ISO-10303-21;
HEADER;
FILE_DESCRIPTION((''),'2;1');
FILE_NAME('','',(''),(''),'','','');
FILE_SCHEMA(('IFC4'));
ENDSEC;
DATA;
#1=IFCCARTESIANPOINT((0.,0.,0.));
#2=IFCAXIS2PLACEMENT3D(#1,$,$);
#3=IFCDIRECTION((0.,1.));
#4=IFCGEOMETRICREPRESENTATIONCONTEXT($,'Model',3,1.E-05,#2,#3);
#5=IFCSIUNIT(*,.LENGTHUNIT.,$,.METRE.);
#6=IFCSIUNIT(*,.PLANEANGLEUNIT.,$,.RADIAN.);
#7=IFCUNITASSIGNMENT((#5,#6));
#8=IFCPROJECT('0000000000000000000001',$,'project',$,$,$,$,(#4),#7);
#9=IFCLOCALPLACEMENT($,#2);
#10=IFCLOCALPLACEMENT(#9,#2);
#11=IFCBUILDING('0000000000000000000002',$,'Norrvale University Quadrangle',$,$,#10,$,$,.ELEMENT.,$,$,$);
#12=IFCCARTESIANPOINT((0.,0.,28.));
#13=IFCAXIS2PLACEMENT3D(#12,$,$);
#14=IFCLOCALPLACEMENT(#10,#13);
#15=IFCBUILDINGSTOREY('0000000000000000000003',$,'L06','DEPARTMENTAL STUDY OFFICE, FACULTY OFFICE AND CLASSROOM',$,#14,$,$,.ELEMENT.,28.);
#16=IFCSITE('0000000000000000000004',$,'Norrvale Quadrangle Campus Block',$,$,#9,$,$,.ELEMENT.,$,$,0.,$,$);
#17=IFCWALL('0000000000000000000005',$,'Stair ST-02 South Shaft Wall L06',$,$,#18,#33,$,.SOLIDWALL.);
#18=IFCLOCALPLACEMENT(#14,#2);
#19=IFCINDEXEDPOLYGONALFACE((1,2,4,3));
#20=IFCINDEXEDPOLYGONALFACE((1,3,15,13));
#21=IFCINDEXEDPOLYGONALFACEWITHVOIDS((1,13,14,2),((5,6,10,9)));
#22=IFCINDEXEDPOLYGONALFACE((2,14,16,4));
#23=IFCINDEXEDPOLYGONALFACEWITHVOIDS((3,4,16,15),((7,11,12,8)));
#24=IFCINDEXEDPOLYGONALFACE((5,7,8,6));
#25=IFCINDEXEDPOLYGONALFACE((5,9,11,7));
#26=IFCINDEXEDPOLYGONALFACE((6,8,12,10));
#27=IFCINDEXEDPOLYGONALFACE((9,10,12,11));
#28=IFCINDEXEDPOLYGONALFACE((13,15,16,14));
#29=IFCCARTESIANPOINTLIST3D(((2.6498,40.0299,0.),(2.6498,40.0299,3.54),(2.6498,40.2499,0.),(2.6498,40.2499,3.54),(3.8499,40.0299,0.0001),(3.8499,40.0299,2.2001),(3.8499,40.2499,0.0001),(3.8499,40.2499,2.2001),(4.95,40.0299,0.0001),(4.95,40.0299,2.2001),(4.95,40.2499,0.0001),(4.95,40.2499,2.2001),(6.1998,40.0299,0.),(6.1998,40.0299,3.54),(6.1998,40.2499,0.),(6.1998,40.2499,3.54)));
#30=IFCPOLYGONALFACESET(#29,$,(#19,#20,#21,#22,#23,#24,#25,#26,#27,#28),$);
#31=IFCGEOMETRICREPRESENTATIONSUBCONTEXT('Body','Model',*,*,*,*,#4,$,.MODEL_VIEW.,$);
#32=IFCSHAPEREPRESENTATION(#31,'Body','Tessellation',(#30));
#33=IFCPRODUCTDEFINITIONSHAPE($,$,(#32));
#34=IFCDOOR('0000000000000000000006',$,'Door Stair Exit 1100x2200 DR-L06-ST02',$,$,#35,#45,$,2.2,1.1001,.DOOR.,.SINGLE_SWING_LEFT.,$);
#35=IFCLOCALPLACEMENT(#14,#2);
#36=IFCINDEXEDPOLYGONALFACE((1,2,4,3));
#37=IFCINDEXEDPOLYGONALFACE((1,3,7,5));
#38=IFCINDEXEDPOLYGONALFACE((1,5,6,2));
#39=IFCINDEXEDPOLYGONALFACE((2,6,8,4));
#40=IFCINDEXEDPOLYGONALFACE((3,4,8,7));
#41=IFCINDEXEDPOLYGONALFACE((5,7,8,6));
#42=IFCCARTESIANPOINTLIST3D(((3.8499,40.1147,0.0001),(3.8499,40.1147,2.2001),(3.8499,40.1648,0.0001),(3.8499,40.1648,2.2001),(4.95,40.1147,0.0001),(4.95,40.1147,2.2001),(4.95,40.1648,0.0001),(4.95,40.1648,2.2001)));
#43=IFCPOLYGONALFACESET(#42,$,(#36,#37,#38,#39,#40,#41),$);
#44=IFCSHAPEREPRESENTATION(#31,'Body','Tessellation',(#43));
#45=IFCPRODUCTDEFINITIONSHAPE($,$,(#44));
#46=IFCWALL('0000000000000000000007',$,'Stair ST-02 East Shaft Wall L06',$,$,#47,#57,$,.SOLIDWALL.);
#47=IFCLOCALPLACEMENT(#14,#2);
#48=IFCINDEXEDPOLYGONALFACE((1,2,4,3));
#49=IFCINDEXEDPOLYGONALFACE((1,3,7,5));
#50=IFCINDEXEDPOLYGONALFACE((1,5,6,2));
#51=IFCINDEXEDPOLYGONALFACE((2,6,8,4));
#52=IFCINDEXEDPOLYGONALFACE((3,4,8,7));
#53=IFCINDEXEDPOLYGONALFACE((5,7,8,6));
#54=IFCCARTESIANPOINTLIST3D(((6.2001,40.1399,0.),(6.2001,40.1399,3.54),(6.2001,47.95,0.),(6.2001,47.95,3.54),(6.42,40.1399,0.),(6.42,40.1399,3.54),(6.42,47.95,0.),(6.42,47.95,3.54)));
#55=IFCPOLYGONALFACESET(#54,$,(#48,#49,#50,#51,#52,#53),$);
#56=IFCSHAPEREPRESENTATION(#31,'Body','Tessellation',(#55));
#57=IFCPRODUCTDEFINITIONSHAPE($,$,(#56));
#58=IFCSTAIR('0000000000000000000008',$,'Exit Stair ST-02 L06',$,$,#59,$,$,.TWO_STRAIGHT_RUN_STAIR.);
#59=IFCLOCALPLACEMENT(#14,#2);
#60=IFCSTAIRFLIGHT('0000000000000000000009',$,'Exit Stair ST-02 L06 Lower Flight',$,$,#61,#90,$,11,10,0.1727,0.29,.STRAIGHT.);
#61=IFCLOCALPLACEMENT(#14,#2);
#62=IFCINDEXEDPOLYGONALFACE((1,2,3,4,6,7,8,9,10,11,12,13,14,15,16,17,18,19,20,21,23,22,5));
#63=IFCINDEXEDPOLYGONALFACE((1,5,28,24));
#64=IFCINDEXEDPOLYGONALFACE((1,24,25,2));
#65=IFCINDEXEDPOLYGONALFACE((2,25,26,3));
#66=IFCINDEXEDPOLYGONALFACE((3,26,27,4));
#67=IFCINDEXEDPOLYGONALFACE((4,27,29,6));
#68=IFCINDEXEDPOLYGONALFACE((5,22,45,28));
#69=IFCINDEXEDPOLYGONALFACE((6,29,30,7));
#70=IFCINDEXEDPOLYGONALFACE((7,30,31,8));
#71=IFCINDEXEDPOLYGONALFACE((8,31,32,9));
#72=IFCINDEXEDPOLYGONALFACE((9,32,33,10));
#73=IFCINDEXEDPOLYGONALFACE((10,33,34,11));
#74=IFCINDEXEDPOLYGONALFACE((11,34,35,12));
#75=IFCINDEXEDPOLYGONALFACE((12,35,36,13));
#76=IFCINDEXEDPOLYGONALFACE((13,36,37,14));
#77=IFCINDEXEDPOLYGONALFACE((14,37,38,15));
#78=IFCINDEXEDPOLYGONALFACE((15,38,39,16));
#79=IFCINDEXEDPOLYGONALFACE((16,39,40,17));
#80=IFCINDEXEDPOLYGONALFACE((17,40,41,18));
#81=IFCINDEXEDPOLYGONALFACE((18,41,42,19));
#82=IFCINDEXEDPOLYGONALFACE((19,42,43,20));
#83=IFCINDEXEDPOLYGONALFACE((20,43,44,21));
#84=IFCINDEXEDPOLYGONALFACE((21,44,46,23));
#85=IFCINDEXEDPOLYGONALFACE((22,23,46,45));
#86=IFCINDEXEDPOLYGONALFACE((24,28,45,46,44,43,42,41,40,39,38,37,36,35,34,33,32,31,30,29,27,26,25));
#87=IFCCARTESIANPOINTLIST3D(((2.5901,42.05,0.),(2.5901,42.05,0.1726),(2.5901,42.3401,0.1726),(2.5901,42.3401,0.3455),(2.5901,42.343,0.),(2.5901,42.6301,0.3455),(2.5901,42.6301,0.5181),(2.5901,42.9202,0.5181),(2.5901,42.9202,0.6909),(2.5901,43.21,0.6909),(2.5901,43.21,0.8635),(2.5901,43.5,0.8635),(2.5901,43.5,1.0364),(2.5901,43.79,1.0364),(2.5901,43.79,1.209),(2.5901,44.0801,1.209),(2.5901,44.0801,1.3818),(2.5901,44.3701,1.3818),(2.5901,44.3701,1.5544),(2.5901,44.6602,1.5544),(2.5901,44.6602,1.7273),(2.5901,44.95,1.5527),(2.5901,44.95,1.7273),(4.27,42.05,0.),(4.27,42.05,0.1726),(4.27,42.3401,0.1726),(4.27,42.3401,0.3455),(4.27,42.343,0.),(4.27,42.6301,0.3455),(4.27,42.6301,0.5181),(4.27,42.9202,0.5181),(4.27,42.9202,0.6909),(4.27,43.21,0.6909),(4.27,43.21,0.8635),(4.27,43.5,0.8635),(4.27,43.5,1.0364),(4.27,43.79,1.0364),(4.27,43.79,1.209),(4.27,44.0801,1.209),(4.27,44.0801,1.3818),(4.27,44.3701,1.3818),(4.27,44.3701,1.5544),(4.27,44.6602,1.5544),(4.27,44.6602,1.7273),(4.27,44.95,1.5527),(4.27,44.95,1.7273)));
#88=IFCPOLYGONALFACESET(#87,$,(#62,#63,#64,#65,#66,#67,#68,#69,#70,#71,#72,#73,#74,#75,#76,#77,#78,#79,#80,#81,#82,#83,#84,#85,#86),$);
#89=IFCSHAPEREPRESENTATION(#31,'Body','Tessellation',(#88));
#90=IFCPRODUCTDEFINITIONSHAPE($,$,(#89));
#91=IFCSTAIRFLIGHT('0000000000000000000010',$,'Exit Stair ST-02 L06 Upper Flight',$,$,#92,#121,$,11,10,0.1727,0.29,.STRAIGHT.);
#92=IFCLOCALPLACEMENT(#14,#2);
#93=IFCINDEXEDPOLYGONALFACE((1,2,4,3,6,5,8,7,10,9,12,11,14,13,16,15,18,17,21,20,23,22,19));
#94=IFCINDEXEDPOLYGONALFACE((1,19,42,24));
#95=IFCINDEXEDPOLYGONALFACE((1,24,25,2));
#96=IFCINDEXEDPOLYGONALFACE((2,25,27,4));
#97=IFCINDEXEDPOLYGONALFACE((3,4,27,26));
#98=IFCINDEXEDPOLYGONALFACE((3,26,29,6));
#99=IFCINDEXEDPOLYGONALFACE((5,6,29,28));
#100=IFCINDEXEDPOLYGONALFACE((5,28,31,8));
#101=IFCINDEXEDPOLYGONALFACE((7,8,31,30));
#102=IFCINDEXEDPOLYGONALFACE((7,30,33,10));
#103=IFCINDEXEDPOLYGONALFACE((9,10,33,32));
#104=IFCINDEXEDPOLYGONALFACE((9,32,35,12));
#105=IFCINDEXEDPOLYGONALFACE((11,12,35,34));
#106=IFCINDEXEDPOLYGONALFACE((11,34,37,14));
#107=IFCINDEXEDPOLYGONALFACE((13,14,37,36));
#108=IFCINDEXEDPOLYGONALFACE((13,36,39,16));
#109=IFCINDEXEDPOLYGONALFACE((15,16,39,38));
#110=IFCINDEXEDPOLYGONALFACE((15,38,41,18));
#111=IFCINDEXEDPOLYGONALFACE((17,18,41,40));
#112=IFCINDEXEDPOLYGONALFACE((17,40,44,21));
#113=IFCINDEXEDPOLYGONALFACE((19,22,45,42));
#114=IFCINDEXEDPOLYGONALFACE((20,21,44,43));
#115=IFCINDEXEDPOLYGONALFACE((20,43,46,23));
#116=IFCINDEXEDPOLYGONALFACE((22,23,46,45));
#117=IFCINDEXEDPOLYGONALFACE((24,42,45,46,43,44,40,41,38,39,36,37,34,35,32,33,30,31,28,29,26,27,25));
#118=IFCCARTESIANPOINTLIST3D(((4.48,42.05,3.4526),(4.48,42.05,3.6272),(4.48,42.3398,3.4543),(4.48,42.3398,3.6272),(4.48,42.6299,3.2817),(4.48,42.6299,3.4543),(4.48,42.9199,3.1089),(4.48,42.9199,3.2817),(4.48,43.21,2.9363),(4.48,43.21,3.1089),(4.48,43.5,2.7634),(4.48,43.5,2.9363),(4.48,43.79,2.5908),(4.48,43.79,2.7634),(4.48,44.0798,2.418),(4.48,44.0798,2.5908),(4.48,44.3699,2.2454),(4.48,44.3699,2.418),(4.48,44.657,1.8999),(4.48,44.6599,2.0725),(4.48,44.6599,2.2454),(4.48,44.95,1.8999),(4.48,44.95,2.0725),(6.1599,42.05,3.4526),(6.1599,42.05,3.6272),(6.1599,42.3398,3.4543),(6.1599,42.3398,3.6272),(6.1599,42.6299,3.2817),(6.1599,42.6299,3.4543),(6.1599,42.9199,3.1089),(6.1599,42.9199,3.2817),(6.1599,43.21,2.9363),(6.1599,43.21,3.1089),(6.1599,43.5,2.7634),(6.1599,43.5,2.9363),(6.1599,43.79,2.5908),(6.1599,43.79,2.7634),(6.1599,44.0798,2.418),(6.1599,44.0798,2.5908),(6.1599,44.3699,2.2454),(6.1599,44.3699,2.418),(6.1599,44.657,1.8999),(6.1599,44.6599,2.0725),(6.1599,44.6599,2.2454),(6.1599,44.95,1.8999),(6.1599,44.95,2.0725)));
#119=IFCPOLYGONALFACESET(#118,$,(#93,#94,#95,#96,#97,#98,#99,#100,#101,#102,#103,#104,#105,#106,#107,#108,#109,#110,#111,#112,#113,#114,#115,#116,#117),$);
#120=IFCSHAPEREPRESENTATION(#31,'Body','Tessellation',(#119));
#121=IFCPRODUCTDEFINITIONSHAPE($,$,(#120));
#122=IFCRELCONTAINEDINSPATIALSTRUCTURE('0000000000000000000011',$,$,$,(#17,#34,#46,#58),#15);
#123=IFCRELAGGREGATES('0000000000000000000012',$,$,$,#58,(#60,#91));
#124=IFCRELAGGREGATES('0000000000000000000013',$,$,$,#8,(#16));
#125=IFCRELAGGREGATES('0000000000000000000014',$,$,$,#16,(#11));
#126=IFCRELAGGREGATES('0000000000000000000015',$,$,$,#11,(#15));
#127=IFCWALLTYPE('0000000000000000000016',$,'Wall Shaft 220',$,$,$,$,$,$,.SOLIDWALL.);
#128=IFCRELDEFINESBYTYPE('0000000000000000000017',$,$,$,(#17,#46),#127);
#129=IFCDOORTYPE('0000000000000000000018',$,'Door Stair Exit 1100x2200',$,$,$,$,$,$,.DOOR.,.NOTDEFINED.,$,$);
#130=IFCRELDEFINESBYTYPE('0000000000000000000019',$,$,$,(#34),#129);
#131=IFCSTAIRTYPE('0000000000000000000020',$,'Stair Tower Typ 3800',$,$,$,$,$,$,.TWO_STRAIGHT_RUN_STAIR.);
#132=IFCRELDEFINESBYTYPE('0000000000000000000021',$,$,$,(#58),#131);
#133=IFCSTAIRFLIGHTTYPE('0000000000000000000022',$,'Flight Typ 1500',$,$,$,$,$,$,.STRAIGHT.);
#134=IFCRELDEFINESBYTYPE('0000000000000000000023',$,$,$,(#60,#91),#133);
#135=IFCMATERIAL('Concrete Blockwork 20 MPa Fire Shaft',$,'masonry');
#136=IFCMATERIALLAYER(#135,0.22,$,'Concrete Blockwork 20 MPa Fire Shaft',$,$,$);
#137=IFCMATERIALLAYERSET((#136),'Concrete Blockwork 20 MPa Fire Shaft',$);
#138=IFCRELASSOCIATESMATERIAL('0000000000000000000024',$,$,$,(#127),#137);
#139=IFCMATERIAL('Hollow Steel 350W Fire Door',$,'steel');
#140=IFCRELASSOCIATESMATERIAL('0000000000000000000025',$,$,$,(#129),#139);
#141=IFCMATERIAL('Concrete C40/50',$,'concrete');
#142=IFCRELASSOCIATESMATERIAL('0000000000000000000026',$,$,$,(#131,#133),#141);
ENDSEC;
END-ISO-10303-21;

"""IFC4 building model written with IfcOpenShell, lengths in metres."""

from ifc_helpers import new_model, si_unit, direction, frame, frame_2d, origin, place, context, subcontext, project, spatial, polyline, rectangle, outline, extrude, material, layer, layer_set, type_object, element, fill, aggregate, save


model = new_model("IFC4")

# Units and contexts
model_context = context("Model", 3, precision=1e-05, world=origin(), true_north=direction((0.0, 1.0)))
body_context = subcontext(model_context, "Body", "Model", "MODEL_VIEW")
ifc_project = project(units=[si_unit("LENGTHUNIT", "METRE"), si_unit("PLANEANGLEUNIT", "RADIAN")], contexts=[model_context])

# Site, building, storey
site_placement = place(None, origin())
site = spatial("IfcSite", under=ifc_project, at=site_placement, Name="Norrvale Quadrangle Campus Block", CompositionType="ELEMENT", RefElevation=0.0)
building_placement = place(site_placement, origin())
building = spatial("IfcBuilding", under=site, at=building_placement, Name="Norrvale University Quadrangle", CompositionType="ELEMENT")
storey_placement = place(building_placement, frame((0.0, 0.0, 28.0)))
storey = spatial("IfcBuildingStorey", under=building, at=storey_placement, Name="L06", Description="DEPARTMENTAL STUDY OFFICE, FACULTY OFFICE AND CLASSROOM", CompositionType="ELEMENT", Elevation=28.0)

# Wall, opening, door
ifc_material_1 = material(Name="Concrete Blockwork 20 MPa Fire Shaft", Category="masonry")
ifc_layer_1 = layer(ifc_material_1, 0.22, Name="Concrete Blockwork 20 MPa Fire Shaft")
ifc_layer_set_1 = layer_set([ifc_layer_1], Name="Concrete Blockwork 20 MPa Fire Shaft")
wall_type_1 = type_object("IfcWallType", Name="Wall Shaft 220", PredefinedType="SOLIDWALL", material=ifc_layer_set_1)
wall_1_placement = place(storey_placement, frame((2.6499, 40.1399, 0.0), z_axis=(0.0, 0.0, 1.0), x_axis=(1.0, 0.0, 0.0)))
wall_1 = element("IfcWall", 1, at=wall_1_placement, inside=storey, type_object=wall_type_1, Name="Stair ST-02 South Shaft Wall L06", PredefinedType="SOLIDWALL", context=body_context, shape_type="SweptSolid", body=[
    extrude(rectangle(XDim=3.55, YDim=0.22, at=frame_2d((1.7749, 0.0))), origin(), (0.0, 0.0, 1.0), 3.54),
])
opening_placement = place(wall_1_placement, frame((1.2, 0.0, 0.0)))
opening = element("IfcOpeningElement", 2, at=opening_placement, cuts=wall_1, PredefinedType="OPENING", context=body_context, shape_type="SweptSolid", body=[
    extrude(rectangle(XDim=1.1001, YDim=2.2, at=frame_2d((0.55, 1.1001))), frame((0.0, 0.1221, 0.0), z_axis=(0.0, -1.0, 0.0), x_axis=(1.0, 0.0, 0.0)), (0.0, 0.0, 1.0), 0.2439),
])
ifc_material_2 = material(Name="Hollow Steel 350W Fire Door", Category="steel")
door_type = type_object("IfcDoorType", Name="Door Stair Exit 1100x2200", OperationType="NOTDEFINED", PredefinedType="DOOR", material=ifc_material_2)
door_placement = place(opening_placement, origin())
door = element("IfcDoor", 3, at=door_placement, inside=storey, type_object=door_type, Name="Door Stair Exit 1100x2200 DR-L06-ST02", OperationType="SINGLE_SWING_LEFT", OverallHeight=2.2, OverallWidth=1.1001, PredefinedType="DOOR", context=body_context, shape_type="SweptSolid", body=[
    extrude(rectangle(XDim=1.1001, YDim=2.2, at=frame_2d((0.55, 1.1001))), frame((0.0, 0.0249, 0.0), z_axis=(0.0, -1.0, 0.0), x_axis=(1.0, 0.0, 0.0)), (0.0, 0.0, 1.0), 0.05),
])
fill(opening, door)

# Wall
wall_2_placement = place(storey_placement, frame((6.3101, 40.1399, 0.0), z_axis=(0.0, 0.0, 1.0), x_axis=(0.0, 1.0, 0.0)))
element("IfcWall", 4, at=wall_2_placement, inside=storey, type_object=wall_type_1, Name="Stair ST-02 East Shaft Wall L06", PredefinedType="SOLIDWALL", context=body_context, shape_type="SweptSolid", body=[
    extrude(rectangle(XDim=7.8101, YDim=0.22, at=frame_2d((3.905, 0.0))), origin(), (0.0, 0.0, 1.0), 3.54),
])

# Stair, stair flights
ifc_material_3 = material(Name="Concrete C40/50", Category="concrete")
stair_type = type_object("IfcStairType", Name="Stair Tower Typ 3800", PredefinedType="TWO_STRAIGHT_RUN_STAIR", material=ifc_material_3)
stair_placement = place(storey_placement, origin())
stair = element("IfcStair", 5, at=stair_placement, inside=storey, type_object=stair_type, Name="Exit Stair ST-02 L06", PredefinedType="TWO_STRAIGHT_RUN_STAIR")
stair_flight_type = type_object("IfcStairFlightType", Name="Flight Typ 1500", PredefinedType="STRAIGHT", material=ifc_material_3)
stair_flight_1_placement = place(storey_placement, frame((3.4299, 42.05, 0.0), z_axis=(0.0, 0.0, 1.0), x_axis=(0.0, 1.0, 0.0)))
stair_flight_1 = element("IfcStairFlight", 6, at=stair_flight_1_placement, type_object=stair_flight_type, Name="Exit Stair ST-02 L06 Lower Flight", NumberOfRisers=11, NumberOfTreads=10, PredefinedType="STRAIGHT", RiserHeight=0.1727, TreadLength=0.29, context=body_context, shape_type="SweptSolid", body=[
    extrude(outline(polyline([(0.0, 0.0), (0.0, 0.1726), (0.29, 0.1726), (0.29, 0.3455), (0.5801, 0.3455), (0.5801, 0.5181), (0.8701, 0.5181), (0.8701, 0.6909), (1.1599, 0.6909), (1.1599, 0.8635), (1.45, 0.8635), (1.45, 1.0364), (1.74, 1.0364), (1.74, 1.209), (2.03, 1.209), (2.03, 1.3818), (2.3201, 1.3818), (2.3201, 1.5544), (2.6101, 1.5544), (2.6101, 1.7273), (2.8999, 1.7273), (2.8999, 1.8999), (2.8999, 1.5527), (0.293, 0.0), (0.0, 0.0)])), frame((0.0, 0.8398, 0.0), z_axis=(0.0, -1.0, 0.0), x_axis=(1.0, 0.0, 0.0)), (0.0, 0.0, 1.0), 1.6799),
])
stair_flight_2_placement = place(storey_placement, frame((5.3201, 44.95, 1.8999), z_axis=(0.0, 0.0, 1.0), x_axis=(0.0, -1.0, 0.0)))
stair_flight_2 = element("IfcStairFlight", 7, at=stair_flight_2_placement, type_object=stair_flight_type, Name="Exit Stair ST-02 L06 Upper Flight", NumberOfRisers=11, NumberOfTreads=10, PredefinedType="STRAIGHT", RiserHeight=0.1727, TreadLength=0.29, context=body_context, shape_type="SweptSolid", body=[
    extrude(outline(polyline([(0.0, 0.0), (0.0, 0.1726), (0.29, 0.1726), (0.29, 0.3455), (0.5801, 0.3455), (0.5801, 0.5181), (0.8701, 0.5181), (0.8701, 0.6909), (1.1599, 0.6909), (1.1599, 0.8635), (1.45, 0.8635), (1.45, 1.0364), (1.74, 1.0364), (1.74, 1.209), (2.03, 1.209), (2.03, 1.3818), (2.3201, 1.3818), (2.3201, 1.5544), (2.6101, 1.5544), (2.6101, 1.7273), (2.8999, 1.7273), (2.8999, 1.8999), (2.8999, 1.5527), (0.293, 0.0), (0.0, 0.0)])), frame((0.0, 0.8398, 0.0), z_axis=(0.0, -1.0, 0.0), x_axis=(1.0, 0.0, 0.0)), (0.0, 0.0, 1.0), 1.6799),
])
aggregate(stair, [stair_flight_1, stair_flight_2])

save(model, "model.ifc")
